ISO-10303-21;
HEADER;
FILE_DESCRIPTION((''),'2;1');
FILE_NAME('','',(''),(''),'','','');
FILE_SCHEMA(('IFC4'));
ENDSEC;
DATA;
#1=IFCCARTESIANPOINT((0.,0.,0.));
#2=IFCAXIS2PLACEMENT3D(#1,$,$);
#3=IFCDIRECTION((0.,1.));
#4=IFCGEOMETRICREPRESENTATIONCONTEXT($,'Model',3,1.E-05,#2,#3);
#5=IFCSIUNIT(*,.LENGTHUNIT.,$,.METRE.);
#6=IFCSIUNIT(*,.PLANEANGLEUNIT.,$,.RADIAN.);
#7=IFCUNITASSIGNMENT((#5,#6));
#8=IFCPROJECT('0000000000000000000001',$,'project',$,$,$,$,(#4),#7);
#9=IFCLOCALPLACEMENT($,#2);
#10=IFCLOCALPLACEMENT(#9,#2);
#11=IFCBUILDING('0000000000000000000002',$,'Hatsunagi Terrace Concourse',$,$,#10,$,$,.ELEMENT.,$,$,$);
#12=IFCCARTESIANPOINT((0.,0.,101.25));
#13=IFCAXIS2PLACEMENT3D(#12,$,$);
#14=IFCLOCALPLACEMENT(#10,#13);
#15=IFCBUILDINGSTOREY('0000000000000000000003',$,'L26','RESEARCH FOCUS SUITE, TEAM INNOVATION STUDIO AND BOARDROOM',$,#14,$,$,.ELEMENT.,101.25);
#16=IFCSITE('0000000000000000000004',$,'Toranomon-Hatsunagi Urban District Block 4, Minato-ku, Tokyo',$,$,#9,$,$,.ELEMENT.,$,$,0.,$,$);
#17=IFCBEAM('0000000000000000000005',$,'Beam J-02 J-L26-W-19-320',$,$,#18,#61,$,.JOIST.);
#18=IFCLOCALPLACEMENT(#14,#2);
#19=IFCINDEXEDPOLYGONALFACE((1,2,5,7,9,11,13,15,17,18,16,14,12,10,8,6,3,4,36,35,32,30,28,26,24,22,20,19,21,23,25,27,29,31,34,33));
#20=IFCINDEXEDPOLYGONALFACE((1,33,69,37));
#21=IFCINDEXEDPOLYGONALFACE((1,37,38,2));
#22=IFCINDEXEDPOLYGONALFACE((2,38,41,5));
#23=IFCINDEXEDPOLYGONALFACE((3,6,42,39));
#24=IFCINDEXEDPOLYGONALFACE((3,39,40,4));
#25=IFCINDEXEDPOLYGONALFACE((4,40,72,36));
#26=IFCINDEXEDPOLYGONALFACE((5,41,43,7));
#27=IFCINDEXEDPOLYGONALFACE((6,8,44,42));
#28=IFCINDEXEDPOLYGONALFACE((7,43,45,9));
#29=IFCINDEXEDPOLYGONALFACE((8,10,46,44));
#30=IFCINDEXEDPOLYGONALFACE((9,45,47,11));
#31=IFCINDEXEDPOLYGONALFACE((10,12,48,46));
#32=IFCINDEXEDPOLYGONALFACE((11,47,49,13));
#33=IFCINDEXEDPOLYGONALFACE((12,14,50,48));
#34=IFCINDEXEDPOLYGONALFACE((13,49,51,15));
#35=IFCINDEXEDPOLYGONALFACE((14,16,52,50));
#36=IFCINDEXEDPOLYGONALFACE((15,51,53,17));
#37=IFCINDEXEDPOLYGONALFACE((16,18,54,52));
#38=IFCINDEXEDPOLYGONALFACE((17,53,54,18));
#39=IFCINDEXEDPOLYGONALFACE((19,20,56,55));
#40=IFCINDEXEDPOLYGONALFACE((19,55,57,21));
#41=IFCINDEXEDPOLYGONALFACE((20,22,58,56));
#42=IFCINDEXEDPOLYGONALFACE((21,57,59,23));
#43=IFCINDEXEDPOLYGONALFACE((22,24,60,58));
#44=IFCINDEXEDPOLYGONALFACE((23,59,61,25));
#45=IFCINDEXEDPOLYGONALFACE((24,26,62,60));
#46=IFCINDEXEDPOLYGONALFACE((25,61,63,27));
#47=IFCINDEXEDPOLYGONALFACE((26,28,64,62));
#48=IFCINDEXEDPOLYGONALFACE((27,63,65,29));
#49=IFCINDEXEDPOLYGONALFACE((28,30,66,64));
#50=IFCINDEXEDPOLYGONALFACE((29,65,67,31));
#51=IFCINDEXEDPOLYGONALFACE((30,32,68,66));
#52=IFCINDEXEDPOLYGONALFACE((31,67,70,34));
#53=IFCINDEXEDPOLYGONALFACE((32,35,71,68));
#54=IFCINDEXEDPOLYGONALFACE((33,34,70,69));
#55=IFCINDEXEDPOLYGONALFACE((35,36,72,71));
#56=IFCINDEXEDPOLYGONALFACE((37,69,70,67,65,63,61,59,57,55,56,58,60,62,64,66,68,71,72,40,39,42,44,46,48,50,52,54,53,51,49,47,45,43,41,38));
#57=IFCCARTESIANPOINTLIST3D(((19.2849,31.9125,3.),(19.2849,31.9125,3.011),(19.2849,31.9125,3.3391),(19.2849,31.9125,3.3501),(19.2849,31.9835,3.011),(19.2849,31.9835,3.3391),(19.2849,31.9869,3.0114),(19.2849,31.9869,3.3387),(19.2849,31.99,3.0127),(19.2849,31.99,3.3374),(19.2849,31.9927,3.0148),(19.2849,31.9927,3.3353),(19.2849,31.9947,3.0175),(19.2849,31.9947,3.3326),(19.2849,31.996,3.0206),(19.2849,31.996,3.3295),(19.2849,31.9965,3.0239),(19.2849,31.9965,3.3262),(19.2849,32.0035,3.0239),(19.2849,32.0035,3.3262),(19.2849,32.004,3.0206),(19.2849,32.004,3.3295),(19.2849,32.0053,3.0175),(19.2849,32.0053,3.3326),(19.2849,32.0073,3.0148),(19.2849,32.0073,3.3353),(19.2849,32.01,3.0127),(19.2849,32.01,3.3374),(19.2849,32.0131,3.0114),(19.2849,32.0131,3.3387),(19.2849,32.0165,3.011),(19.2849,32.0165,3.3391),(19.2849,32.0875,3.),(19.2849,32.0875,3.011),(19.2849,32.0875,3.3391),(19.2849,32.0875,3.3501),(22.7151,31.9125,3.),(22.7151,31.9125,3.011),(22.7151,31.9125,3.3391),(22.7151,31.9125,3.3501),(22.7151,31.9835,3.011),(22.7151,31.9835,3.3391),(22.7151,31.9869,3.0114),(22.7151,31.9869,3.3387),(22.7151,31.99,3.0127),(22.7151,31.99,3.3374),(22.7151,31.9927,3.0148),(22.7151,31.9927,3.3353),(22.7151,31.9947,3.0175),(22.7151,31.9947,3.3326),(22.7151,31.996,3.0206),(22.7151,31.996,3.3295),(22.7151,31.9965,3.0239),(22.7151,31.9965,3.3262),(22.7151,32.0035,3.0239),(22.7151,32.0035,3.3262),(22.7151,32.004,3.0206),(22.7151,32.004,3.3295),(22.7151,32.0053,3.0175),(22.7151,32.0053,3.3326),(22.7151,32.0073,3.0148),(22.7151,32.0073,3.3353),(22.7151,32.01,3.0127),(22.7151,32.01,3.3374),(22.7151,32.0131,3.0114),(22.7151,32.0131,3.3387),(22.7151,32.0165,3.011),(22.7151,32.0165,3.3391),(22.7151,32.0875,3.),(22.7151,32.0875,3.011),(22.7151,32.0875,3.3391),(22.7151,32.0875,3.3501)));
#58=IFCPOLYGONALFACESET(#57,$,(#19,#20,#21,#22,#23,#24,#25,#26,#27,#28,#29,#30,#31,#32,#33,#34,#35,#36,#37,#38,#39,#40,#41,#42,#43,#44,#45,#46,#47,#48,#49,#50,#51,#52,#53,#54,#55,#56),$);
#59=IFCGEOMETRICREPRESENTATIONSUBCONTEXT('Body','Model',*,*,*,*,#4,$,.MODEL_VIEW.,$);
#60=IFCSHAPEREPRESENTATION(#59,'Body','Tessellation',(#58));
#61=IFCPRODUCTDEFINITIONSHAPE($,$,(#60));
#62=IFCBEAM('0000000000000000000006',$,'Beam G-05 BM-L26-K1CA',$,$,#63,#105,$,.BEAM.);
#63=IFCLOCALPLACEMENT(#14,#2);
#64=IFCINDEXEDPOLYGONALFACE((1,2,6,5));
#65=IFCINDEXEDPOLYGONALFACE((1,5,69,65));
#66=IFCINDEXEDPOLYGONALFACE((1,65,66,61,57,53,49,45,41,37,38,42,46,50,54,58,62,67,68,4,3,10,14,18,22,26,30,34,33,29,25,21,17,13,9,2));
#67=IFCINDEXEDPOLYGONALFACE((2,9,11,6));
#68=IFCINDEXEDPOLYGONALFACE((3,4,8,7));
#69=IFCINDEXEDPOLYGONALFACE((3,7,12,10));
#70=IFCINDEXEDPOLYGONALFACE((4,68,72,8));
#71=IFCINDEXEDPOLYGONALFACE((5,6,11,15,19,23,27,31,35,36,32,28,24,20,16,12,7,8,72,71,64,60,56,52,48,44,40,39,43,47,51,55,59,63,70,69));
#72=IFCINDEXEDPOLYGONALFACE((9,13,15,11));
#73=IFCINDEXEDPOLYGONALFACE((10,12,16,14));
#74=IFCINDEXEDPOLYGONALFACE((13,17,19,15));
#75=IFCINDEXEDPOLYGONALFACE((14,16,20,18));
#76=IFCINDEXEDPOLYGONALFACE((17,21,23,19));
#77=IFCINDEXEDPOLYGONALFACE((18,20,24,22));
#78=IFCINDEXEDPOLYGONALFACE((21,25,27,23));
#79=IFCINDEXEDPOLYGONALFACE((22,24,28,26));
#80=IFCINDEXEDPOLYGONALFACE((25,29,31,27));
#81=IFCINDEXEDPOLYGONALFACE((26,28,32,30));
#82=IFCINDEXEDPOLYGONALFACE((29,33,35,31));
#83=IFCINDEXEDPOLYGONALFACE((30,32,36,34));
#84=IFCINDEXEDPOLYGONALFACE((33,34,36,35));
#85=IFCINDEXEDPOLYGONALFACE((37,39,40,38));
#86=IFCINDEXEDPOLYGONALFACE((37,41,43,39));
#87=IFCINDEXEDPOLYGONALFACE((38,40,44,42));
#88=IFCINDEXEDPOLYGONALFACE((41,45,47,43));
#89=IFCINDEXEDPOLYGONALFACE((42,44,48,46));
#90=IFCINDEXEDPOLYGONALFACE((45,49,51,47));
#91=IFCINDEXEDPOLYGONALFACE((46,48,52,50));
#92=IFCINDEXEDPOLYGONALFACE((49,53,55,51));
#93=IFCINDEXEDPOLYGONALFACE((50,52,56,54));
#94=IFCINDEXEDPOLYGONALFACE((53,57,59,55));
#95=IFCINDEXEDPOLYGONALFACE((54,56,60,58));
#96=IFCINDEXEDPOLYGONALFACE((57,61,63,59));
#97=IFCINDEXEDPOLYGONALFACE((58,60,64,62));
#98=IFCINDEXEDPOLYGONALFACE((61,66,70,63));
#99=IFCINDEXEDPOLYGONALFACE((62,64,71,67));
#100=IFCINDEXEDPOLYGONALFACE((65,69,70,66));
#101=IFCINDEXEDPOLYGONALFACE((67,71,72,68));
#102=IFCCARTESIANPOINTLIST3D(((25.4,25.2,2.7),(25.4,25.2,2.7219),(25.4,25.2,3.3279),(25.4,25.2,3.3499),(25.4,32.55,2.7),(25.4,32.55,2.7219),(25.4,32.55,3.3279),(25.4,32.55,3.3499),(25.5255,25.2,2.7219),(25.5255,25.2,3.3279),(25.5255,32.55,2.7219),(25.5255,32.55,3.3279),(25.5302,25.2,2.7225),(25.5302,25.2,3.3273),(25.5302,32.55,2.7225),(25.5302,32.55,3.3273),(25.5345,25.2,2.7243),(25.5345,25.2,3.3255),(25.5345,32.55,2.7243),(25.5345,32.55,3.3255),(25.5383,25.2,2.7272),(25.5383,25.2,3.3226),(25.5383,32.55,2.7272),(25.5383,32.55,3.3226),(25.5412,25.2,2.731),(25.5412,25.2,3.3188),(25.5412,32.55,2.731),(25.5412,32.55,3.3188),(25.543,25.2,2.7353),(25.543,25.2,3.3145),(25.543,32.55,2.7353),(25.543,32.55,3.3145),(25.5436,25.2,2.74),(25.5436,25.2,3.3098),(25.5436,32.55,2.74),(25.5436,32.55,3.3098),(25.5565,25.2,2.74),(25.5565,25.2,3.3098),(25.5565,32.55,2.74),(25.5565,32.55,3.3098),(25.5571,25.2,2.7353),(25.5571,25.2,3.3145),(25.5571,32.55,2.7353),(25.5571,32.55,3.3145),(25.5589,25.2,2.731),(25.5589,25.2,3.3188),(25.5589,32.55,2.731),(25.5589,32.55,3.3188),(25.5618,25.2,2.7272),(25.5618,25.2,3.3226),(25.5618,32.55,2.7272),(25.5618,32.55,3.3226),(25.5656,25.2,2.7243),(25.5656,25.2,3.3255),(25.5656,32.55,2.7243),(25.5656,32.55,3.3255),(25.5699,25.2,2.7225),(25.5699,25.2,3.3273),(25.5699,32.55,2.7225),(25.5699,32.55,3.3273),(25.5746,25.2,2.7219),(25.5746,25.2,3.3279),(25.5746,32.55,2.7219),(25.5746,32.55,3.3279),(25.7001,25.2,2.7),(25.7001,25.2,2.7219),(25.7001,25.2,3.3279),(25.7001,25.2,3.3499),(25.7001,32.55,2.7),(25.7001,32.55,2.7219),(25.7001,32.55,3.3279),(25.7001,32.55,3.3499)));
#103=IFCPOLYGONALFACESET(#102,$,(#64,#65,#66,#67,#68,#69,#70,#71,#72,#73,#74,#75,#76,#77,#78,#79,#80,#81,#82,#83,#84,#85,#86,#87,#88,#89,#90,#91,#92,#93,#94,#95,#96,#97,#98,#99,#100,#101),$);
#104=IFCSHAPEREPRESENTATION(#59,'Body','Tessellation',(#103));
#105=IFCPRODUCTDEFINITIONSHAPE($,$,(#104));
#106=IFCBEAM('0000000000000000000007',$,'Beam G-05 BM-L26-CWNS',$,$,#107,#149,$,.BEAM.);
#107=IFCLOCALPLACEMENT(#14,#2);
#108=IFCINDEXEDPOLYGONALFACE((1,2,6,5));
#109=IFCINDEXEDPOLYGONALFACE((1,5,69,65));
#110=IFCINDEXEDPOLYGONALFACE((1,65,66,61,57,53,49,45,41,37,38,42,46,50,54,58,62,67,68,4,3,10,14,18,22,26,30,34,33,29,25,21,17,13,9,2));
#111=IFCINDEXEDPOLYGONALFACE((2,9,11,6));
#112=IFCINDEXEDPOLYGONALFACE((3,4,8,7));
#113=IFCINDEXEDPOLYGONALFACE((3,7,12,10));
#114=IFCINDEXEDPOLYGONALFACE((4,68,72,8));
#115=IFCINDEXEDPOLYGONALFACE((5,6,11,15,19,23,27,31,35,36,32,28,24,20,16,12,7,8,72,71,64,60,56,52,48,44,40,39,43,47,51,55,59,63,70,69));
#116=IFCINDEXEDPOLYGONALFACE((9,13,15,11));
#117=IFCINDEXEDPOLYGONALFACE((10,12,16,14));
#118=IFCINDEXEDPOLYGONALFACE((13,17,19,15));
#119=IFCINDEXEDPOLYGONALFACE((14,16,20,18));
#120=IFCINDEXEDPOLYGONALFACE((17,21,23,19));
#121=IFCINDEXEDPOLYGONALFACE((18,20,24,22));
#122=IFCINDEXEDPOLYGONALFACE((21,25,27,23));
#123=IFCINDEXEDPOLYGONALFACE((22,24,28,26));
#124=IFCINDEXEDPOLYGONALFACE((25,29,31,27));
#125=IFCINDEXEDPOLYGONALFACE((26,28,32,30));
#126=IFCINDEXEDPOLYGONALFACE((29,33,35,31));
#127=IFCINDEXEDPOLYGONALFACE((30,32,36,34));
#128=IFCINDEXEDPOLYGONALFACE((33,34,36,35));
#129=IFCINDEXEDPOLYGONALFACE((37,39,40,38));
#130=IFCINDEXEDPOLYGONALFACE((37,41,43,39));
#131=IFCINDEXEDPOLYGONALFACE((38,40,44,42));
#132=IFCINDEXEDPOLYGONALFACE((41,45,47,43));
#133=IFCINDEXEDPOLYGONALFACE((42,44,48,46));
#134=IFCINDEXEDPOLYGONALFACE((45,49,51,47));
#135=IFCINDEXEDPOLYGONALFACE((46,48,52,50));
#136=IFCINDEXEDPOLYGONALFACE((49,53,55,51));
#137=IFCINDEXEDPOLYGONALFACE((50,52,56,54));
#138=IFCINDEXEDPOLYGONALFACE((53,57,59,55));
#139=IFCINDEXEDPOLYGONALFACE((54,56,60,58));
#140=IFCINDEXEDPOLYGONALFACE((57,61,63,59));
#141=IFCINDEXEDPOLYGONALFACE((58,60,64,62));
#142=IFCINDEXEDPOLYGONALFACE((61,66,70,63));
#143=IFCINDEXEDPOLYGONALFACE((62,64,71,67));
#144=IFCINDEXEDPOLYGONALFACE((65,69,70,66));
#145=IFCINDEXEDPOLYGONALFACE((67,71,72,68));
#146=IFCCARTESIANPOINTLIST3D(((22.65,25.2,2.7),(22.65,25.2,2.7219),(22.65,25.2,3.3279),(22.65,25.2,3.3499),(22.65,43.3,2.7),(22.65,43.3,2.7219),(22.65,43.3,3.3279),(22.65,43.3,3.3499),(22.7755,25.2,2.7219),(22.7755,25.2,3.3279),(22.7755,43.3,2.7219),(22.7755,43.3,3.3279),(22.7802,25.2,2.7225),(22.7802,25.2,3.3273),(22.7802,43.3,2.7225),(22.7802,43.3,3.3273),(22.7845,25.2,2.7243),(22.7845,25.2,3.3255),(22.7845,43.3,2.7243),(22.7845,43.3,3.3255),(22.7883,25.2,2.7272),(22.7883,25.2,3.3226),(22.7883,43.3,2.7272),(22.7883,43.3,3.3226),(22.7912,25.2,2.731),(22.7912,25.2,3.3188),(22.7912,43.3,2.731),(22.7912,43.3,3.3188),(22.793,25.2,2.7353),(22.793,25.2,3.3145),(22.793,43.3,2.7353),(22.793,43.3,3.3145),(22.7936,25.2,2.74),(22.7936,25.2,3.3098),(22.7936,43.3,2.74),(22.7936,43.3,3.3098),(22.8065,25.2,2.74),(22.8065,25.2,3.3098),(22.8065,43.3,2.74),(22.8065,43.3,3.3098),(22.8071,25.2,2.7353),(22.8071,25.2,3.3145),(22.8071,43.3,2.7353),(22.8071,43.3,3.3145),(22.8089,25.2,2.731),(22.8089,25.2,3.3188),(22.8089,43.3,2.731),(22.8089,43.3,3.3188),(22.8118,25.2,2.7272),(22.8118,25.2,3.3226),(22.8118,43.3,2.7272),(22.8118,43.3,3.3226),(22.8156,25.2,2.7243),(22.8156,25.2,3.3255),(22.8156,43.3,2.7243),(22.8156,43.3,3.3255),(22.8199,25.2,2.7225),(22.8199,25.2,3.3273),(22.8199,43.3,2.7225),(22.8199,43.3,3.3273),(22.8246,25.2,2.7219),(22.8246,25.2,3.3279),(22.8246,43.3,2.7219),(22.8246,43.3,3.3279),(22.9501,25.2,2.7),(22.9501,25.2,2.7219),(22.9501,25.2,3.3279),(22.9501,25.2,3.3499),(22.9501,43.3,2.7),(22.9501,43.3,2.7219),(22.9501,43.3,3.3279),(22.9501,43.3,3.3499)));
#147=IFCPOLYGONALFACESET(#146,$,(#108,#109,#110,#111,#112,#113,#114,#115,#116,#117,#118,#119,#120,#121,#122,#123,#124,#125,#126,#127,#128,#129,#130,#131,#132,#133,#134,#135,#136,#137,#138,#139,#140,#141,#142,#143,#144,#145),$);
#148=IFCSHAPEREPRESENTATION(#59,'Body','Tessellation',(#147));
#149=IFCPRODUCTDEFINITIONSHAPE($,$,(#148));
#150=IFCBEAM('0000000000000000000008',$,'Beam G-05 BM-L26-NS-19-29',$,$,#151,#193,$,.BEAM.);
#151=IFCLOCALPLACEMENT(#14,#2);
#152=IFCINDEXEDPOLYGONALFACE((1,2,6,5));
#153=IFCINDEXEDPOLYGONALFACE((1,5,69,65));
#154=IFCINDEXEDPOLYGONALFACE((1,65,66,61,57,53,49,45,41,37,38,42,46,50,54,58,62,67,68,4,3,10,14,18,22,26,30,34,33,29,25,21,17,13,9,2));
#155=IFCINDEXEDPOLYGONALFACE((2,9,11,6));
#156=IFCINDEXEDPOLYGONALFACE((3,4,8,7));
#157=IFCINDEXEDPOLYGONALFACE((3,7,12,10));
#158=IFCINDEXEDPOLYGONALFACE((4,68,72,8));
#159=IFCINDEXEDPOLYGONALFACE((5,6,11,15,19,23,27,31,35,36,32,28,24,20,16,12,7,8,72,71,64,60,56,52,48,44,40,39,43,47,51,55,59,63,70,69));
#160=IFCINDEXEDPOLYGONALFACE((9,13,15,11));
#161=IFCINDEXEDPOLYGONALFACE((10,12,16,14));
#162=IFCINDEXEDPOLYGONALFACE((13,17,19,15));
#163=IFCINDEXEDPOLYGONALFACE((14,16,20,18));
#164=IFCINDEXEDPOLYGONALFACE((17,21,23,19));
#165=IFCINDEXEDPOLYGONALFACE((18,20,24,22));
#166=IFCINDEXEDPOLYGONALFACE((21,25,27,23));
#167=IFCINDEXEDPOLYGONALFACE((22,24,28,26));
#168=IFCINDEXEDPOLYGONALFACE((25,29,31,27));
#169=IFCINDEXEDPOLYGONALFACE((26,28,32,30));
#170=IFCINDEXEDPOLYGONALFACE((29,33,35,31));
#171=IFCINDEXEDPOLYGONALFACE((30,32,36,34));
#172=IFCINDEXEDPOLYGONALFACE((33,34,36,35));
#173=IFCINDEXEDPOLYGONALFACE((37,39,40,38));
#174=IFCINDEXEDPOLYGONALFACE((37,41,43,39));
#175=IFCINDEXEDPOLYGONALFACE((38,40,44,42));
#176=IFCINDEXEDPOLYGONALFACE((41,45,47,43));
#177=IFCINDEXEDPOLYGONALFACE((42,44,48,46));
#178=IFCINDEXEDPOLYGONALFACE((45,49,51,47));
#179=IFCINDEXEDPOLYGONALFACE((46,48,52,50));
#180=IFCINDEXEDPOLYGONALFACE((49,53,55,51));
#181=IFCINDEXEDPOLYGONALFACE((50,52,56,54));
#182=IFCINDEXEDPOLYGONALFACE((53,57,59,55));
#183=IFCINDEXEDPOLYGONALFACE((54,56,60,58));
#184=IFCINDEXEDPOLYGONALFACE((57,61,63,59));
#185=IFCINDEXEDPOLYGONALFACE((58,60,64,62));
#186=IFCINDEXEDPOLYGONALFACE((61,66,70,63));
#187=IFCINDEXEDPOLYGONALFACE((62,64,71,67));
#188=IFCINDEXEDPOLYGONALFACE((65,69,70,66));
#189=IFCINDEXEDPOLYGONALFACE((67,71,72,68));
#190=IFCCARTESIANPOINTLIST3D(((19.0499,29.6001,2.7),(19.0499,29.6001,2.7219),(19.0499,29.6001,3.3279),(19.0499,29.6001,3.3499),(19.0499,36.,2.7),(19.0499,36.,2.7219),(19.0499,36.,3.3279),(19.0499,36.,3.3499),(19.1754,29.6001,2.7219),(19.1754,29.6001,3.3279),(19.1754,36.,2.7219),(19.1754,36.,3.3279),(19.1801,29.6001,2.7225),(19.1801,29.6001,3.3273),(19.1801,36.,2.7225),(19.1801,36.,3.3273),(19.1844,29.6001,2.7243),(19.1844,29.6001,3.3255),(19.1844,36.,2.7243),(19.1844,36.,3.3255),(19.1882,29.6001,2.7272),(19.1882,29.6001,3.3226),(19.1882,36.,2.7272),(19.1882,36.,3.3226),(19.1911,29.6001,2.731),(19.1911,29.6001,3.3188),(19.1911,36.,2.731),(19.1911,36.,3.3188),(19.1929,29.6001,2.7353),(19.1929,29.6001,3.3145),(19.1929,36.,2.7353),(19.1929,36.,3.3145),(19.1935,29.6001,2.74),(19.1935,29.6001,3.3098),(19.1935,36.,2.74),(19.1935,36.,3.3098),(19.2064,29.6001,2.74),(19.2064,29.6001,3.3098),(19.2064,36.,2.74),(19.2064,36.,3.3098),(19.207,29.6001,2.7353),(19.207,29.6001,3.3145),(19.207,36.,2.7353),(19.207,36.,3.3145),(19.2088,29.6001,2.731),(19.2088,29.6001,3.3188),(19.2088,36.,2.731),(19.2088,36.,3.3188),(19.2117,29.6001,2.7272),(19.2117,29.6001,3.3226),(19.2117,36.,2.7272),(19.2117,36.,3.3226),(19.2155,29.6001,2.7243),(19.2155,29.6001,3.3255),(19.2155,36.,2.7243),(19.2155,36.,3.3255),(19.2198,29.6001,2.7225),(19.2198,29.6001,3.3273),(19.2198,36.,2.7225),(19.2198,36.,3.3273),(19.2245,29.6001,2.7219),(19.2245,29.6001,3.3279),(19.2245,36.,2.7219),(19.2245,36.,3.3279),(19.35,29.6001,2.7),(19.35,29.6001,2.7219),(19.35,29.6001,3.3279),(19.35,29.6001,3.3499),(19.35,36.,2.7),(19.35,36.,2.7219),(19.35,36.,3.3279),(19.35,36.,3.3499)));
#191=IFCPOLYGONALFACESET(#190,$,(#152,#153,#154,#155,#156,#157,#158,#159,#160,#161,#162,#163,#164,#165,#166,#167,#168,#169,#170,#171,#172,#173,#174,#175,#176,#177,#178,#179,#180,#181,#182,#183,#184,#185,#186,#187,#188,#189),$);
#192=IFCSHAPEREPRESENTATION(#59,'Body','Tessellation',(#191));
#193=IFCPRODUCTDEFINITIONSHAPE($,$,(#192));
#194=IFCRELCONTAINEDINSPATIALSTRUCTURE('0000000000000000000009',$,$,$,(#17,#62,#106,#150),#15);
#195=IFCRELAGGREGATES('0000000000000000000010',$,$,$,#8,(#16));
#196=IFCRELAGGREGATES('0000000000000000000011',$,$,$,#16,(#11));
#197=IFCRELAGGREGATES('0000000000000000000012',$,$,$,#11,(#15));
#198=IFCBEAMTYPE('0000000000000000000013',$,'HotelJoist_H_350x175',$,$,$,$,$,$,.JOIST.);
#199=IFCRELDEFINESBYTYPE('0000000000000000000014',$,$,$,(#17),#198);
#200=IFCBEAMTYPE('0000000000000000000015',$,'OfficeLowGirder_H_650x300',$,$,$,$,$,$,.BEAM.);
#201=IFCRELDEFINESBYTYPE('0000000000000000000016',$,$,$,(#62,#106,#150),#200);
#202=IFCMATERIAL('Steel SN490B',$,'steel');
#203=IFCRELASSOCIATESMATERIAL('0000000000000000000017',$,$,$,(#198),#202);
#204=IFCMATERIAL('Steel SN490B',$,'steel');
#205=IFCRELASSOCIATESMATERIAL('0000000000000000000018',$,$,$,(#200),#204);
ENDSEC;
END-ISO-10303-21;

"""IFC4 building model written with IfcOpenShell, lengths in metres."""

from ifc_helpers import new_model, si_unit, direction, frame, origin, origin_2d, place, context, subcontext, project, spatial, i_section, extrude, material, material_profile, profile_set, type_object, element, save


model = new_model("IFC4")

# Units and contexts
model_context = context("Model", 3, precision=1e-05, world=origin(), true_north=direction((0.0, 1.0)))
body_context = subcontext(model_context, "Body", "Model", "MODEL_VIEW")
ifc_project = project(units=[si_unit("LENGTHUNIT", "METRE"), si_unit("PLANEANGLEUNIT", "RADIAN")], contexts=[model_context])

# Site, building, storey
site_placement = place(None, origin())
site = spatial("IfcSite", under=ifc_project, at=site_placement, Name="Toranomon-Hatsunagi Urban District Block 4, Minato-ku, Tokyo", CompositionType="ELEMENT", RefElevation=0.0)
building_placement = place(site_placement, origin())
building = spatial("IfcBuilding", under=site, at=building_placement, Name="Hatsunagi Terrace Concourse", CompositionType="ELEMENT")
storey_placement = place(building_placement, frame((0.0, 0.0, 101.25)))
storey = spatial("IfcBuildingStorey", under=building, at=storey_placement, Name="L26", Description="RESEARCH FOCUS SUITE, TEAM INNOVATION STUDIO AND BOARDROOM", CompositionType="ELEMENT", Elevation=101.25)

# Beams
ifc_material_1 = material(Name="Steel SN490B", Category="steel")
ifc_material_profile_1 = material_profile(ifc_material_1, i_section(OverallWidth=0.175, OverallDepth=0.3501, WebThickness=0.0071, FlangeThickness=0.011, FilletRadius=0.0129, at=origin_2d()), Name="H-350x175x7x11")
ifc_profile_set_1 = profile_set([ifc_material_profile_1], Name="Steel SN490B")
beam_type_1 = type_object("IfcBeamType", Name="HotelJoist_H_350x175", PredefinedType="JOIST", material=ifc_profile_set_1)
for number, where, z_axis, x_axis, name in (
    (1, (19.2849, 32.0, 3.175), (1.0, 0.0, 0.0), (0.0, 1.0, 0.0), "Beam J-02 J-L26-W-19-320"),
):
    element("IfcBeam", number, at=place(storey_placement, frame(where, z_axis=z_axis, x_axis=x_axis)), inside=storey, type_object=beam_type_1, Name=name, PredefinedType="JOIST", context=body_context, shape_type="SweptSolid", body=[
        extrude(i_section(OverallWidth=0.175, OverallDepth=0.3501, WebThickness=0.0071, FlangeThickness=0.011, FilletRadius=0.0129, at=origin_2d()), origin(), (0.0, 0.0, 1.0), 3.4302),
    ])
ifc_material_2 = material(Name="Steel SN490B", Category="steel")
ifc_material_profile_2 = material_profile(ifc_material_2, i_section(OverallWidth=0.3, OverallDepth=0.6499, WebThickness=0.0129, FlangeThickness=0.022, FilletRadius=0.0181, at=origin_2d()), Name="H-650x300x13x22")
ifc_profile_set_2 = profile_set([ifc_material_profile_2], Name="Steel SN490B")
beam_type_2 = type_object("IfcBeamType", Name="OfficeLowGirder_H_650x300", PredefinedType="BEAM", material=ifc_profile_set_2)
beam_1_placement = place(storey_placement, frame((25.55, 25.2, 3.0249), z_axis=(0.0, 1.0, 0.0), x_axis=(-1.0, 0.0, 0.0)))
element("IfcBeam", 2, at=beam_1_placement, inside=storey, type_object=beam_type_2, Name="Beam G-05 BM-L26-K1CA", PredefinedType="BEAM", context=body_context, shape_type="SweptSolid", body=[
    extrude(i_section(OverallWidth=0.3, OverallDepth=0.6499, WebThickness=0.0129, FlangeThickness=0.022, FilletRadius=0.0181, at=origin_2d()), origin(), (0.0, 0.0, 1.0), 7.3501),
])
beam_2_placement = place(storey_placement, frame((22.8, 25.2, 3.0249), z_axis=(0.0, 1.0, 0.0), x_axis=(-1.0, 0.0, 0.0)))
element("IfcBeam", 3, at=beam_2_placement, inside=storey, type_object=beam_type_2, Name="Beam G-05 BM-L26-CWNS", PredefinedType="BEAM", context=body_context, shape_type="SweptSolid", body=[
    extrude(i_section(OverallWidth=0.3, OverallDepth=0.6499, WebThickness=0.0129, FlangeThickness=0.022, FilletRadius=0.0181, at=origin_2d()), origin(), (0.0, 0.0, 1.0), 18.1001),
])
beam_3_placement = place(storey_placement, frame((19.2, 29.6001, 3.0249), z_axis=(0.0, 1.0, 0.0), x_axis=(-1.0, 0.0, 0.0)))
element("IfcBeam", 4, at=beam_3_placement, inside=storey, type_object=beam_type_2, Name="Beam G-05 BM-L26-NS-19-29", PredefinedType="BEAM", context=body_context, shape_type="SweptSolid", body=[
    extrude(i_section(OverallWidth=0.3, OverallDepth=0.6499, WebThickness=0.0129, FlangeThickness=0.022, FilletRadius=0.0181, at=origin_2d()), origin(), (0.0, 0.0, 1.0), 6.3999),
])

save(model, "model.ifc")
